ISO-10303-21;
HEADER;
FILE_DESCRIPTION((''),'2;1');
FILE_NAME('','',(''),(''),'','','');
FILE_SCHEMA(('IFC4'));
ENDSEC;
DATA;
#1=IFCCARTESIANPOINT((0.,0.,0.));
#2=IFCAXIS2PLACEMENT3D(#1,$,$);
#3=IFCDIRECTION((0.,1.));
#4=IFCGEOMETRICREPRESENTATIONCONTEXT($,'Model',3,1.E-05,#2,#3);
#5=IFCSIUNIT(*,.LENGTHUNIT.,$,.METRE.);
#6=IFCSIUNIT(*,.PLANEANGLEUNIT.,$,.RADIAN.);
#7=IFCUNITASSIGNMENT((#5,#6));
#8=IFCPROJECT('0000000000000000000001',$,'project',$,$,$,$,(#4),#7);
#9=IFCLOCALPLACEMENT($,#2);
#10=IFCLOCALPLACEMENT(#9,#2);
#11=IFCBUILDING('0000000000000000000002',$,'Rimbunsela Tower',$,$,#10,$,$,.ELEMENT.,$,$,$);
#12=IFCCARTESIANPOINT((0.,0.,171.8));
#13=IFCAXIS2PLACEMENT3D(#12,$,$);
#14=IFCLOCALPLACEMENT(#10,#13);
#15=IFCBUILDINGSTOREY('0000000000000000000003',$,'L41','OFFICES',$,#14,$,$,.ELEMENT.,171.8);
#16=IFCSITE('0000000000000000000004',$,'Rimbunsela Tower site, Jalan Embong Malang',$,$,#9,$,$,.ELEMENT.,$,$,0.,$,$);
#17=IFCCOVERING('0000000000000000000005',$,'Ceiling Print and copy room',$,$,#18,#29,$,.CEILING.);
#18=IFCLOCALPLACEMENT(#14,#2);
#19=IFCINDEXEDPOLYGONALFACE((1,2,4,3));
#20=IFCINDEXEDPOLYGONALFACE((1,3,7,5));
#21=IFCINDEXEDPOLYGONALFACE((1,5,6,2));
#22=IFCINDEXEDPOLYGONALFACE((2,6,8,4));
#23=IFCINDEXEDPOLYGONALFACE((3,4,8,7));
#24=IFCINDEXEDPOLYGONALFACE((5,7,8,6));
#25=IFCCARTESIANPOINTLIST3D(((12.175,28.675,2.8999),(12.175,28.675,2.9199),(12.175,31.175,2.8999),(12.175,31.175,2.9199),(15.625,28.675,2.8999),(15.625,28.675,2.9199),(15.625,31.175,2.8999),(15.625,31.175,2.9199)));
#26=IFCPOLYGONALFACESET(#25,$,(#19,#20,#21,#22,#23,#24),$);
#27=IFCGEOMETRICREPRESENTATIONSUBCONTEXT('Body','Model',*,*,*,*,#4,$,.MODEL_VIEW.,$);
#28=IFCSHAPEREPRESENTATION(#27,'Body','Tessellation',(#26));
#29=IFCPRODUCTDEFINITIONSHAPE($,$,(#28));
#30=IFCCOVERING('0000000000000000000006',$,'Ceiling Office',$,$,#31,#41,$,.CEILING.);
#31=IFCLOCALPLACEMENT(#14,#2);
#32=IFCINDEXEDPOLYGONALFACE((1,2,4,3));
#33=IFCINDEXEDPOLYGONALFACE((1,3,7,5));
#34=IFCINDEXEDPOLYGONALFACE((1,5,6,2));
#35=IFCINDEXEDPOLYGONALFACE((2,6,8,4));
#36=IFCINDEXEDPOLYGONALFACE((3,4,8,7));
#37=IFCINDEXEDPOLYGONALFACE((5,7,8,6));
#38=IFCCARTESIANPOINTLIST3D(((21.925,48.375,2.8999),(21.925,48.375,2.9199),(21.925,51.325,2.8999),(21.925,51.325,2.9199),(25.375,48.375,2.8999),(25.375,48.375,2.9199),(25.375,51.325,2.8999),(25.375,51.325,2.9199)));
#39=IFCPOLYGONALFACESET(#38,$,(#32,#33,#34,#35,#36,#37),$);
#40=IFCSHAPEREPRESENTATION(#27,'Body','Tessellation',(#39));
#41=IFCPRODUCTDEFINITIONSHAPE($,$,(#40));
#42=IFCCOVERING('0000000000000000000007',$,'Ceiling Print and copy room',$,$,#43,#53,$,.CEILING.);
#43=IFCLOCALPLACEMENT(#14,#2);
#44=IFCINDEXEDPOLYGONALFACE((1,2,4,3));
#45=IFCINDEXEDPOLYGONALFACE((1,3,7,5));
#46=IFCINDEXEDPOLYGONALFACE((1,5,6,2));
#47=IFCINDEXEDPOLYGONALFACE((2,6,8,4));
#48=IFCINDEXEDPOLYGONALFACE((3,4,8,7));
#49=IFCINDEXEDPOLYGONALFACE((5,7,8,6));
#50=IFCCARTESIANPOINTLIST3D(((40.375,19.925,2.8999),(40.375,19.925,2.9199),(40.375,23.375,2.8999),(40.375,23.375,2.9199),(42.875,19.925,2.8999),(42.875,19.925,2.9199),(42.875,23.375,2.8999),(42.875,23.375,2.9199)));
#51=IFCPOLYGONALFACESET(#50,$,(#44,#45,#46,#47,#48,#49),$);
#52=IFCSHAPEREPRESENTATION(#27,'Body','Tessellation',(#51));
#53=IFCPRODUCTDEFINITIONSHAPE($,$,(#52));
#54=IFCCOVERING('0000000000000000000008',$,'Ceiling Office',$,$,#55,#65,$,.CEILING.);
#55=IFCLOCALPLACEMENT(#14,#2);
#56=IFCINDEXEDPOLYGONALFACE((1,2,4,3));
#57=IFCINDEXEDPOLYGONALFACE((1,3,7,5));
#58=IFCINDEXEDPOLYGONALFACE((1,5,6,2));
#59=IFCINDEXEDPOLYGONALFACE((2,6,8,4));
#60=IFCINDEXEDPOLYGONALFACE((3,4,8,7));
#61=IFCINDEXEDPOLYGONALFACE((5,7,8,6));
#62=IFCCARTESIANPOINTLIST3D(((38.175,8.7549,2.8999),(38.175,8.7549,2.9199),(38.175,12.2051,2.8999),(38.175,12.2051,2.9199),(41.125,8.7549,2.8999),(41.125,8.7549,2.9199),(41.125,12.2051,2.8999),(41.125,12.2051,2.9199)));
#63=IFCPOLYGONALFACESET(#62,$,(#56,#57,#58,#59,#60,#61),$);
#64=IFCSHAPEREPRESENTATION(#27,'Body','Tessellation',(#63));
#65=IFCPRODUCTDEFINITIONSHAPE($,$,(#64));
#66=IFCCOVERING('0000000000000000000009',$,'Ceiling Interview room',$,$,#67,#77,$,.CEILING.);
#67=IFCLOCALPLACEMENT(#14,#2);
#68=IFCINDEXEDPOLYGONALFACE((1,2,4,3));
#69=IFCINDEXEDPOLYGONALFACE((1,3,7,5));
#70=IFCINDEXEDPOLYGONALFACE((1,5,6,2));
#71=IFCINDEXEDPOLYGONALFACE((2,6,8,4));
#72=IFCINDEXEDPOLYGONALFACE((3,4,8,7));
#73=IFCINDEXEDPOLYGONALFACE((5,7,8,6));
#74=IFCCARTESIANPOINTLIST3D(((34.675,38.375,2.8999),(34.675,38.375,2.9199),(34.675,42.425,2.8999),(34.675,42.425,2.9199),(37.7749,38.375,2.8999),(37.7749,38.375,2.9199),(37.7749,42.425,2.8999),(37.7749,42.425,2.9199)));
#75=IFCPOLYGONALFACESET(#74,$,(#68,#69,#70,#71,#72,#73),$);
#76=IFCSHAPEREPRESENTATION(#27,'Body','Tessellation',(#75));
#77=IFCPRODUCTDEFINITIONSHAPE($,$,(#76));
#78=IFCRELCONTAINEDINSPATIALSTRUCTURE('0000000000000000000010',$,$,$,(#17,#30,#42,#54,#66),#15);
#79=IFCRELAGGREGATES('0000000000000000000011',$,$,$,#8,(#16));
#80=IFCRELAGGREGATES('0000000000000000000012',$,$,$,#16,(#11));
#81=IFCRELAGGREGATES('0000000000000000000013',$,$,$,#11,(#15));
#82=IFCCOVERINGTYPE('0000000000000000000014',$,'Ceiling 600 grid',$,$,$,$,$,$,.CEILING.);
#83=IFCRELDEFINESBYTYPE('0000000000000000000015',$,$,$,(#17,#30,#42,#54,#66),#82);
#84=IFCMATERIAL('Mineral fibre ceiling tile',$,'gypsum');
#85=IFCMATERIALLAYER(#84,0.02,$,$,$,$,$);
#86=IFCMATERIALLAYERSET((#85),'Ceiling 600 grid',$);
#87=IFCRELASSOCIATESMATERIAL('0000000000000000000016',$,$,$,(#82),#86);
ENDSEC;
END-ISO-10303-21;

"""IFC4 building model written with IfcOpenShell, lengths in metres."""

from ifc_helpers import new_model, si_unit, direction, frame, origin, place, context, subcontext, project, spatial, polyline, outline, extrude, material, layer, layer_set, type_object, element, save


model = new_model("IFC4")

# Units and contexts
model_context = context("Model", 3, precision=1e-05, world=origin(), true_north=direction((0.0, 1.0)))
body_context = subcontext(model_context, "Body", "Model", "MODEL_VIEW")
ifc_project = project(units=[si_unit("LENGTHUNIT", "METRE"), si_unit("PLANEANGLEUNIT", "RADIAN")], contexts=[model_context])

# Site, building, storey
site_placement = place(None, origin())
site = spatial("IfcSite", under=ifc_project, at=site_placement, Name="Rimbunsela Tower site, Jalan Embong Malang", CompositionType="ELEMENT", RefElevation=0.0)
building_placement = place(site_placement, origin())
building = spatial("IfcBuilding", under=site, at=building_placement, Name="Rimbunsela Tower", CompositionType="ELEMENT")
storey_placement = place(building_placement, frame((0.0, 0.0, 171.8)))
storey = spatial("IfcBuildingStorey", under=building, at=storey_placement, Name="L41", Description="OFFICES", CompositionType="ELEMENT", Elevation=171.8)

# Coverings
ifc_material_1 = material(Name="Mineral fibre ceiling tile", Category="gypsum")
ifc_layer_1 = layer(ifc_material_1, 0.02)
ifc_layer_set_1 = layer_set([ifc_layer_1], Name="Ceiling 600 grid")
covering_type_1 = type_object("IfcCoveringType", Name="Ceiling 600 grid", PredefinedType="CEILING", material=ifc_layer_set_1)
covering_1_placement = place(storey_placement, frame((0.0, 0.0, 2.8999)))
element("IfcCovering", 1, at=covering_1_placement, inside=storey, type_object=covering_type_1, Name="Ceiling Print and copy room", PredefinedType="CEILING", context=body_context, shape_type="SweptSolid", body=[
    extrude(outline(polyline([(15.625, 28.675), (15.625, 31.175), (12.175, 31.175), (12.175, 28.675), (15.625, 28.675)])), origin(), (0.0, 0.0, 1.0), 0.02),
])
covering_2_placement = place(storey_placement, frame((0.0, 0.0, 2.8999)))
element("IfcCovering", 2, at=covering_2_placement, inside=storey, type_object=covering_type_1, Name="Ceiling Office", PredefinedType="CEILING", context=body_context, shape_type="SweptSolid", body=[
    extrude(outline(polyline([(25.375, 48.375), (25.375, 51.325), (21.925, 51.325), (21.925, 48.375), (25.375, 48.375)])), origin(), (0.0, 0.0, 1.0), 0.02),
])
covering_3_placement = place(storey_placement, frame((0.0, 0.0, 2.8999)))
element("IfcCovering", 3, at=covering_3_placement, inside=storey, type_object=covering_type_1, Name="Ceiling Print and copy room", PredefinedType="CEILING", context=body_context, shape_type="SweptSolid", body=[
    extrude(outline(polyline([(42.875, 19.925), (42.875, 23.375), (40.375, 23.375), (40.375, 19.925), (42.875, 19.925)])), origin(), (0.0, 0.0, 1.0), 0.02),
])
covering_4_placement = place(storey_placement, frame((0.0, 0.0, 2.8999)))
element("IfcCovering", 4, at=covering_4_placement, inside=storey, type_object=covering_type_1, Name="Ceiling Office", PredefinedType="CEILING", context=body_context, shape_type="SweptSolid", body=[
    extrude(outline(polyline([(41.125, 8.7549), (41.125, 12.2051), (38.175, 12.2051), (38.175, 8.7549), (41.125, 8.7549)])), origin(), (0.0, 0.0, 1.0), 0.02),
])
covering_5_placement = place(storey_placement, frame((0.0, 0.0, 2.8999)))
element("IfcCovering", 5, at=covering_5_placement, inside=storey, type_object=covering_type_1, Name="Ceiling Interview room", PredefinedType="CEILING", context=body_context, shape_type="SweptSolid", body=[
    extrude(outline(polyline([(37.7749, 38.375), (37.7749, 42.425), (34.675, 42.425), (34.675, 38.375), (37.7749, 38.375)])), origin(), (0.0, 0.0, 1.0), 0.02),
])

save(model, "model.ifc")
